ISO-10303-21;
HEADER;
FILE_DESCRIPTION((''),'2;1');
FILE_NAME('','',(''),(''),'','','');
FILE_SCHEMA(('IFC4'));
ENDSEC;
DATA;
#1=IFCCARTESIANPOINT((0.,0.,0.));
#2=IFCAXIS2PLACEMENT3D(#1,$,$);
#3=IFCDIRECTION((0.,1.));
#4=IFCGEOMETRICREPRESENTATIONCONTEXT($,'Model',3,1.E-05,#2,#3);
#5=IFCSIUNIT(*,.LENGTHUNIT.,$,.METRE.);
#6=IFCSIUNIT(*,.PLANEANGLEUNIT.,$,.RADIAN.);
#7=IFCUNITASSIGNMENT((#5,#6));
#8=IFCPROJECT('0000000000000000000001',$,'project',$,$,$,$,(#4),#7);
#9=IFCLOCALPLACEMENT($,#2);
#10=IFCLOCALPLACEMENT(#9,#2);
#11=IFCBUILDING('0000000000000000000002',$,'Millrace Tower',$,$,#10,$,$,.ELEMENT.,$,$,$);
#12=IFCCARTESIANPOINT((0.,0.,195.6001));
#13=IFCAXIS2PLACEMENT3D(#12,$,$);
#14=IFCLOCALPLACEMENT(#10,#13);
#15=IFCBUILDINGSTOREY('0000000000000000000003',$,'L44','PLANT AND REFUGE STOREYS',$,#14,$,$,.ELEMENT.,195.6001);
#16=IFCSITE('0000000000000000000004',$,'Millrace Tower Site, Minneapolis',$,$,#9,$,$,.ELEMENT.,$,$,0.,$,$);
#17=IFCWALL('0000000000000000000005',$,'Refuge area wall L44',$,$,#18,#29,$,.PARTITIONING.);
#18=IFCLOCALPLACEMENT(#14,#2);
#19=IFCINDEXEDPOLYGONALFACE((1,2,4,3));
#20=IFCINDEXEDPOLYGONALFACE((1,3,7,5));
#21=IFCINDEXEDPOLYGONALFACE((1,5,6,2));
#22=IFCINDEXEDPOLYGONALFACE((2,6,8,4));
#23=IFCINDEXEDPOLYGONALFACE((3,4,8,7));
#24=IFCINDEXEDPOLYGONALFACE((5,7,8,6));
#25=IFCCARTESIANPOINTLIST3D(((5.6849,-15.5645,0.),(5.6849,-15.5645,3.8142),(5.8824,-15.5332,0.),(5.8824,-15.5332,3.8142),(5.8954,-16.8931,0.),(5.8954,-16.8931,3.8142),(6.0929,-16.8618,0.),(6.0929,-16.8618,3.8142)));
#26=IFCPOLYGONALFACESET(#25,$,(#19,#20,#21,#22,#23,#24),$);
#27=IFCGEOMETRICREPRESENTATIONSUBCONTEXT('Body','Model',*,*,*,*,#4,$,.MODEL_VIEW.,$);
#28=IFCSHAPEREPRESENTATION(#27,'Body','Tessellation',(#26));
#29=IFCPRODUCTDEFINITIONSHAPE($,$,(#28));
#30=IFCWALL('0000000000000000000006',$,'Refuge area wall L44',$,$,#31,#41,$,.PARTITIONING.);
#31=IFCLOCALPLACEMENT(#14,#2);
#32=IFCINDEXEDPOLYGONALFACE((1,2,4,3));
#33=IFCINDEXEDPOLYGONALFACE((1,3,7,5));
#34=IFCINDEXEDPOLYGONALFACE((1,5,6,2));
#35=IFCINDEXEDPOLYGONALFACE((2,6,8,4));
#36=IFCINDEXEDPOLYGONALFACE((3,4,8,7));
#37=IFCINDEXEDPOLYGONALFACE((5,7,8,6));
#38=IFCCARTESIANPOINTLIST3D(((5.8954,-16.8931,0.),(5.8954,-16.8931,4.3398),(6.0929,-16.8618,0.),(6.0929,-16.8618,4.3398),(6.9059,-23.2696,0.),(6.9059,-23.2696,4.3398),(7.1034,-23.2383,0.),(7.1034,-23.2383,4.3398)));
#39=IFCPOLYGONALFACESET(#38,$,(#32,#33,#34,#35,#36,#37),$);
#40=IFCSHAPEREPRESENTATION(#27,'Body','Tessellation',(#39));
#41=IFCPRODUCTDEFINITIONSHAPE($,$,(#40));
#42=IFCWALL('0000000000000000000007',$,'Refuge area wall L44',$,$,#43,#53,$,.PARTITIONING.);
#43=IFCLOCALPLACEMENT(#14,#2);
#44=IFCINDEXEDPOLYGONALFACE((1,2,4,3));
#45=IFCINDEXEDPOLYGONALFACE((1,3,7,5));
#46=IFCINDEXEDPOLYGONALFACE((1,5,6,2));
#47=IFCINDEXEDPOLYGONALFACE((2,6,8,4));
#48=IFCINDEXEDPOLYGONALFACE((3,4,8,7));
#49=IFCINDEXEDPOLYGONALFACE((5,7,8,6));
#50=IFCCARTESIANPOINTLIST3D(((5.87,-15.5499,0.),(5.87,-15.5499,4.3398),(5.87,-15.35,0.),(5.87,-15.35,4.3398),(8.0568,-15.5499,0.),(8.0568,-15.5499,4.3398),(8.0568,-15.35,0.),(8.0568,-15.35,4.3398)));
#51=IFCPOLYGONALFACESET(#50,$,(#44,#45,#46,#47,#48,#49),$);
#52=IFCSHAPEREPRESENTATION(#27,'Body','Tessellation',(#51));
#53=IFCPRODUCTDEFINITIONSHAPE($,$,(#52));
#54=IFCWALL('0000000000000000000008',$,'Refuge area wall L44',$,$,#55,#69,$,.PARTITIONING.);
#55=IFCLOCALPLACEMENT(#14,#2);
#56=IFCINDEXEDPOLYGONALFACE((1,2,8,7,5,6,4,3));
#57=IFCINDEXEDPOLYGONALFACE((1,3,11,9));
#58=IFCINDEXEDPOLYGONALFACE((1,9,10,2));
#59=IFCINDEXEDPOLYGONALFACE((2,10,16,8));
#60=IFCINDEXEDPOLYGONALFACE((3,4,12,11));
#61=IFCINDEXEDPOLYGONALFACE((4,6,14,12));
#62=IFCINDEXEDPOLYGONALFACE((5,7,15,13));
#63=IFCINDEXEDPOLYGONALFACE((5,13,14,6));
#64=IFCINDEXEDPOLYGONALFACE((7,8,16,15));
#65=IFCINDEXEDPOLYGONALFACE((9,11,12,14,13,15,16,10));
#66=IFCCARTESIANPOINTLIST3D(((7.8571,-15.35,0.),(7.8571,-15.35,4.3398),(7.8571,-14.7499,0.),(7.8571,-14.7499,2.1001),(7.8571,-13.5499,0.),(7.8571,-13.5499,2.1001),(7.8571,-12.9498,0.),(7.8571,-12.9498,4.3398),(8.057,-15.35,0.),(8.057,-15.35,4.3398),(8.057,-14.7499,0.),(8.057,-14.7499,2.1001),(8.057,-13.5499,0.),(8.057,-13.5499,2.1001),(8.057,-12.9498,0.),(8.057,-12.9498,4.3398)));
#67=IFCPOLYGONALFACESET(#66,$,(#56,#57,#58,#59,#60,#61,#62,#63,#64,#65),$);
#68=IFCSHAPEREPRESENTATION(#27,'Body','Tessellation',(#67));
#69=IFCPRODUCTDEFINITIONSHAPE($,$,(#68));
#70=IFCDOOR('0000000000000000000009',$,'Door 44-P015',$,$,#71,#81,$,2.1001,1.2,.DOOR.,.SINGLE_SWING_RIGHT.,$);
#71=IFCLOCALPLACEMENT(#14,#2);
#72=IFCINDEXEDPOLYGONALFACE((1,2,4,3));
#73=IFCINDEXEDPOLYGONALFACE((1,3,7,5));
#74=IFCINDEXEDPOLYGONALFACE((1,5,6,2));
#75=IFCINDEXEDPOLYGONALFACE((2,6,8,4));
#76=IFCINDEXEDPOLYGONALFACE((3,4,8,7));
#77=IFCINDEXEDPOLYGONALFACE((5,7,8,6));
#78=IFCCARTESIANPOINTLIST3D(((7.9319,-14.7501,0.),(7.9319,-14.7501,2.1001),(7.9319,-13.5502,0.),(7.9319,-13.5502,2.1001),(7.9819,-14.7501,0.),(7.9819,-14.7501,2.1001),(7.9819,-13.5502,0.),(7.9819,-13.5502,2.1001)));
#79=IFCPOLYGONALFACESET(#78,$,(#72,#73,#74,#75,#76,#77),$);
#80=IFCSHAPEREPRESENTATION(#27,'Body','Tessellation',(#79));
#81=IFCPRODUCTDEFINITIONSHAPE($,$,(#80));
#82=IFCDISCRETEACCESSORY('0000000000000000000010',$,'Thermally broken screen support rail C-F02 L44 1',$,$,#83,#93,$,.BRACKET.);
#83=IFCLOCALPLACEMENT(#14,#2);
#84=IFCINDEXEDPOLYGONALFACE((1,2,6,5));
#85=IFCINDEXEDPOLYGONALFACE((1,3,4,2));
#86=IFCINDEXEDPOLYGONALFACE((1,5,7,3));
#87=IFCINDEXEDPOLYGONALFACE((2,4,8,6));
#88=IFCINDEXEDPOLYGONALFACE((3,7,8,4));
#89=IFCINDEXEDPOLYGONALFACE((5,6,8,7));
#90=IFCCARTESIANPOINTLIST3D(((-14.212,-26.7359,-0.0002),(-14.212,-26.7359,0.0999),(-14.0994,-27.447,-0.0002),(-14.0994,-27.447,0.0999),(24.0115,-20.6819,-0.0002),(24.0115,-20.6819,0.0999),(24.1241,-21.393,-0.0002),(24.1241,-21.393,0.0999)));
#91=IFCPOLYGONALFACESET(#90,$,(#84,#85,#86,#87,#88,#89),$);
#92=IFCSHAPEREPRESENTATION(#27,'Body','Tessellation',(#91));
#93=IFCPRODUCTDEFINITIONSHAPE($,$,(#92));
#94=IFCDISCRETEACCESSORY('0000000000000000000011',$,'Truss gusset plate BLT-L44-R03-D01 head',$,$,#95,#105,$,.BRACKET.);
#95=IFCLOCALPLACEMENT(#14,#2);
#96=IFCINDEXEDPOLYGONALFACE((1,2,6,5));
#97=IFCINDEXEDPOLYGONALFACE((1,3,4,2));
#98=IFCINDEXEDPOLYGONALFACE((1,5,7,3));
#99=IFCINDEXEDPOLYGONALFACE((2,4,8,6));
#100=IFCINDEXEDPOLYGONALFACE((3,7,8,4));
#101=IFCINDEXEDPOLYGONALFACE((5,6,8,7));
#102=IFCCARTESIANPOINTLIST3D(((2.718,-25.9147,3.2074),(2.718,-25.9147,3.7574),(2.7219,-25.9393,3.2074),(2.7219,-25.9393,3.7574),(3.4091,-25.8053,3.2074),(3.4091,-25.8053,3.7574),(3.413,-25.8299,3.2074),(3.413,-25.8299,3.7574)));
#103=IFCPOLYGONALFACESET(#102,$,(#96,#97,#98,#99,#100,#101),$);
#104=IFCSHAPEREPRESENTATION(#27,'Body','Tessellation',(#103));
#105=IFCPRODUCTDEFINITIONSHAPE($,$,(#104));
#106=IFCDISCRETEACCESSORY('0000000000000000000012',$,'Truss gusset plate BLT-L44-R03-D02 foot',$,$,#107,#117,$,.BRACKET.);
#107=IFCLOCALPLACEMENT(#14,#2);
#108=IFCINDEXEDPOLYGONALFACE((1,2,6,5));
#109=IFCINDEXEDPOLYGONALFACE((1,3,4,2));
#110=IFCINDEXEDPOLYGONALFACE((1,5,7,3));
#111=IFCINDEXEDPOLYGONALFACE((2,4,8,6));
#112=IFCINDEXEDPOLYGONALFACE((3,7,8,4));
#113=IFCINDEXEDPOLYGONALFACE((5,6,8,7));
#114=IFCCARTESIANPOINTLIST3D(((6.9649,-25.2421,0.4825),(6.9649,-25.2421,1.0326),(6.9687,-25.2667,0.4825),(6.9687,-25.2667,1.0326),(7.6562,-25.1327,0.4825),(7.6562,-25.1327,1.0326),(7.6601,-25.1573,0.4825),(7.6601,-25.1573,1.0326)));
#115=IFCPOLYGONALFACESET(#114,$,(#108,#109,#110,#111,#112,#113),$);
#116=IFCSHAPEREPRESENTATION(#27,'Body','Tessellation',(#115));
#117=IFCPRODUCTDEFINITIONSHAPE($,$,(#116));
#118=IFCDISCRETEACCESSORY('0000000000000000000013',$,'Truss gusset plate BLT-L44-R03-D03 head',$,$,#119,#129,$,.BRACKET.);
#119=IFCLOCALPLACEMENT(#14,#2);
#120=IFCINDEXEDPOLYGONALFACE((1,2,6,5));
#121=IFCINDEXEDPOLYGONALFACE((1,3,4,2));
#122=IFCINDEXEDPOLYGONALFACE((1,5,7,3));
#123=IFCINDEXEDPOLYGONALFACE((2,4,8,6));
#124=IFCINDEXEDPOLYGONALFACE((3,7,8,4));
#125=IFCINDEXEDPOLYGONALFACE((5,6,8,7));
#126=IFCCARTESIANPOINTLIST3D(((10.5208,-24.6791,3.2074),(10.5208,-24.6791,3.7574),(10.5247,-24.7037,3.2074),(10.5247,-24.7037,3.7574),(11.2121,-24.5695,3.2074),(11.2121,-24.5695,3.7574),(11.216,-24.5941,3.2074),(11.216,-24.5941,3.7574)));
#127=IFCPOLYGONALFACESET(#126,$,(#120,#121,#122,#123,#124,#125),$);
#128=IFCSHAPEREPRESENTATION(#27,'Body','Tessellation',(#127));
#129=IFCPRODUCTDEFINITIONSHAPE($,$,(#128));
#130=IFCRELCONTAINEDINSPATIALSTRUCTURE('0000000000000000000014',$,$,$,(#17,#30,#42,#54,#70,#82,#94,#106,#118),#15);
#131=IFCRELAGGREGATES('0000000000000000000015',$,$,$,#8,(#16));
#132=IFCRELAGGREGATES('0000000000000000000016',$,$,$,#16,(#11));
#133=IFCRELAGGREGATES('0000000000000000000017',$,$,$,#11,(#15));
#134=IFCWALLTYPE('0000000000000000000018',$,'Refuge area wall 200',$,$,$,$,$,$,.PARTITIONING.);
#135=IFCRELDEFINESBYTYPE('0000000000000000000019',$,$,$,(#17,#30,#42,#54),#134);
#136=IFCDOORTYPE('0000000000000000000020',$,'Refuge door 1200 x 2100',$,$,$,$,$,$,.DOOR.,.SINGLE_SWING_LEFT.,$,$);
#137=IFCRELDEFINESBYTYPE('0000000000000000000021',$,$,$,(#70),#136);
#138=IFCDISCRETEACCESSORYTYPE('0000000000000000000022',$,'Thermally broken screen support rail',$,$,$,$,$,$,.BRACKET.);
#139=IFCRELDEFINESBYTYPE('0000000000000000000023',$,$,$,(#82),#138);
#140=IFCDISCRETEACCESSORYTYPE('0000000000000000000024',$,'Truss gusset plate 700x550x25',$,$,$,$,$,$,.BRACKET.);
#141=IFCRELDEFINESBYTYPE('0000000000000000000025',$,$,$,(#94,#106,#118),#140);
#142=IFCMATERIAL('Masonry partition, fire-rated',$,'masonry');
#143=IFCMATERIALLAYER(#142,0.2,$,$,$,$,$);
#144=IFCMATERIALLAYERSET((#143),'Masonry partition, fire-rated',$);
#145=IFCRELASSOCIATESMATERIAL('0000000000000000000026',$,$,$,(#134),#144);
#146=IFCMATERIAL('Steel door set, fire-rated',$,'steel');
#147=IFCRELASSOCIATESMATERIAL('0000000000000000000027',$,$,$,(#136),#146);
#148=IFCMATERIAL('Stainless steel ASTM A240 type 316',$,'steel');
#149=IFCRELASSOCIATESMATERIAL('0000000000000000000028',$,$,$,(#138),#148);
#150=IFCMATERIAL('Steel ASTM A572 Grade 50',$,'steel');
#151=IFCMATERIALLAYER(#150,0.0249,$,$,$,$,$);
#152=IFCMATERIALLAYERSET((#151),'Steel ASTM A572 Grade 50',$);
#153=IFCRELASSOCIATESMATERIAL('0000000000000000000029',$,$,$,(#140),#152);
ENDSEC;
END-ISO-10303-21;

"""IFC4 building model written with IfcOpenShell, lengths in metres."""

from ifc_helpers import new_model, si_unit, direction, frame, frame_2d, origin, origin_2d, place, context, subcontext, project, spatial, rectangle, extrude, material, layer, layer_set, type_object, element, fill, save


model = new_model("IFC4")

# Units and contexts
model_context = context("Model", 3, precision=1e-05, world=origin(), true_north=direction((0.0, 1.0)))
body_context = subcontext(model_context, "Body", "Model", "MODEL_VIEW")
ifc_project = project(units=[si_unit("LENGTHUNIT", "METRE"), si_unit("PLANEANGLEUNIT", "RADIAN")], contexts=[model_context])

# Site, building, storey
site_placement = place(None, origin())
site = spatial("IfcSite", under=ifc_project, at=site_placement, Name="Millrace Tower Site, Minneapolis", CompositionType="ELEMENT", RefElevation=0.0)
building_placement = place(site_placement, origin())
building = spatial("IfcBuilding", under=site, at=building_placement, Name="Millrace Tower", CompositionType="ELEMENT")
storey_placement = place(building_placement, frame((0.0, 0.0, 195.6001)))
storey = spatial("IfcBuildingStorey", under=building, at=storey_placement, Name="L44", Description="PLANT AND REFUGE STOREYS", CompositionType="ELEMENT", Elevation=195.6001)

# Walls
ifc_material_1 = material(Name="Masonry partition, fire-rated", Category="masonry")
ifc_layer_1 = layer(ifc_material_1, 0.2)
ifc_layer_set_1 = layer_set([ifc_layer_1], Name="Masonry partition, fire-rated")
wall_type = type_object("IfcWallType", Name="Refuge area wall 200", PredefinedType="PARTITIONING", material=ifc_layer_set_1)
wall_1_placement = place(storey_placement, frame((5.7837, -15.5488, 0.0), z_axis=(0.0, 0.0, 1.0), x_axis=(0.156447, -0.987686, 0.0)))
element("IfcWall", 1, at=wall_1_placement, inside=storey, type_object=wall_type, Name="Refuge area wall L44", PredefinedType="PARTITIONING", context=body_context, shape_type="SweptSolid", body=[
    extrude(rectangle(XDim=1.3452, YDim=0.2, at=frame_2d((0.6726, 0.0))), origin(), (0.0, 0.0, 1.0), 3.8142),
])
wall_2_placement = place(storey_placement, frame((5.9941, -16.8774, 0.0), z_axis=(0.0, 0.0, 1.0), x_axis=(0.15652, -0.987675, 0.0)))
element("IfcWall", 2, at=wall_2_placement, inside=storey, type_object=wall_type, Name="Refuge area wall L44", PredefinedType="PARTITIONING", context=body_context, shape_type="SweptSolid", body=[
    extrude(rectangle(XDim=6.4561, YDim=0.2, at=frame_2d((3.228, 0.0))), origin(), (0.0, 0.0, 1.0), 4.3398),
])
wall_3_placement = place(storey_placement, frame((5.8701, -15.45, 0.0), z_axis=(0.0, 0.0, 1.0), x_axis=(1.0, 0.0, 0.0)))
element("IfcWall", 3, at=wall_3_placement, inside=storey, type_object=wall_type, Name="Refuge area wall L44", PredefinedType="PARTITIONING", context=body_context, shape_type="SweptSolid", body=[
    extrude(rectangle(XDim=2.1868, YDim=0.2, at=frame_2d((1.0933, 0.0))), origin(), (0.0, 0.0, 1.0), 4.3398),
])

# Wall, opening, door
wall_4_placement = place(storey_placement, frame((7.957, -15.3501, 0.0), z_axis=(0.0, 0.0, 1.0), x_axis=(0.0, 1.0, 0.0)))
wall_4 = element("IfcWall", 4, at=wall_4_placement, inside=storey, type_object=wall_type, Name="Refuge area wall L44", PredefinedType="PARTITIONING", context=body_context, shape_type="SweptSolid", body=[
    extrude(rectangle(XDim=2.4001, YDim=0.2, at=frame_2d((1.2002, 0.0))), origin(), (0.0, 0.0, 1.0), 4.3398),
])
opening_placement = place(wall_4_placement, frame((0.6001, 0.0, 0.0)))
opening = element("IfcOpeningElement", 5, at=opening_placement, cuts=wall_4, PredefinedType="OPENING", context=body_context, shape_type="SweptSolid", body=[
    extrude(rectangle(XDim=1.2, YDim=2.1001, at=frame_2d((0.6001, 1.05))), frame((0.0, 0.1099, 0.0), z_axis=(0.0, -1.0, 0.0), x_axis=(1.0, 0.0, 0.0)), (0.0, 0.0, 1.0), 0.22),
])
ifc_material_2 = material(Name="Steel door set, fire-rated", Category="steel")
door_type = type_object("IfcDoorType", Name="Refuge door 1200 x 2100", OperationType="SINGLE_SWING_LEFT", PredefinedType="DOOR", material=ifc_material_2)
door_placement = place(opening_placement, frame((1.2, 0.0, 0.0), z_axis=(0.0, 0.0, 1.0), x_axis=(-1.0, 0.0, 0.0)))
door = element("IfcDoor", 6, at=door_placement, inside=storey, type_object=door_type, Name="Door 44-P015", OperationType="SINGLE_SWING_RIGHT", OverallHeight=2.1001, OverallWidth=1.2, PredefinedType="DOOR", context=body_context, shape_type="SweptSolid", body=[
    extrude(rectangle(XDim=1.2, YDim=2.1001, at=frame_2d((0.6001, 1.05))), frame((0.0, 0.0249, 0.0), z_axis=(0.0, -1.0, 0.0), x_axis=(1.0, 0.0, 0.0)), (0.0, 0.0, 1.0), 0.05),
])
fill(opening, door)

# Discrete accessories
ifc_material_3 = material(Name="Stainless steel ASTM A240 type 316", Category="steel")
discrete_accessory_type_1 = type_object("IfcDiscreteAccessoryType", Name="Thermally broken screen support rail", PredefinedType="BRACKET", material=ifc_material_3)
discrete_accessory_1_placement = place(storey_placement, frame((4.9561, -24.0645, -0.0002), z_axis=(0.0, 0.0, 1.0), x_axis=(0.987688, 0.156434, 0.0)))
element("IfcDiscreteAccessory", 7, at=discrete_accessory_1_placement, inside=storey, type_object=discrete_accessory_type_1, Name="Thermally broken screen support rail C-F02 L44 1", PredefinedType="BRACKET", context=body_context, shape_type="SweptSolid", body=[
    extrude(rectangle(XDim=38.7, YDim=0.72, at=origin_2d()), origin(), (0.0, 0.0, 1.0), 0.1001),
])
ifc_material_4 = material(Name="Steel ASTM A572 Grade 50", Category="steel")
ifc_layer_2 = layer(ifc_material_4, 0.0249)
ifc_layer_set_2 = layer_set([ifc_layer_2], Name="Steel ASTM A572 Grade 50")
discrete_accessory_type_2 = type_object("IfcDiscreteAccessoryType", Name="Truss gusset plate 700x550x25", PredefinedType="BRACKET", material=ifc_layer_set_2)
discrete_accessory_2_placement = place(storey_placement, frame((2.72, -25.927, 3.4824), z_axis=(0.987709, 0.156303, 0.0), x_axis=(-0.156303, 0.987709, 0.0)))
element("IfcDiscreteAccessory", 8, at=discrete_accessory_2_placement, inside=storey, type_object=discrete_accessory_type_2, Name="Truss gusset plate BLT-L44-R03-D01 head", PredefinedType="BRACKET", context=body_context, shape_type="SweptSolid", body=[
    extrude(rectangle(XDim=0.0249, YDim=0.55, at=origin_2d()), origin(), (0.0, 0.0, 1.0), 0.6997),
])
for number, where, z_axis, x_axis, name in (
    (9, (6.9668, -25.2544, 0.7576), (0.987718, 0.156249, 0.0), (-0.156249, 0.987718, 0.0), "Truss gusset plate BLT-L44-R03-D02 foot"),
    (10, (10.5227, -24.6914, 3.4824), (0.987664, 0.156589, 0.0), (-0.156589, 0.987664, 0.0), "Truss gusset plate BLT-L44-R03-D03 head"),
):
    element("IfcDiscreteAccessory", number, at=place(storey_placement, frame(where, z_axis=z_axis, x_axis=x_axis)), inside=storey, type_object=discrete_accessory_type_2, Name=name, PredefinedType="BRACKET", context=body_context, shape_type="SweptSolid", body=[
        extrude(rectangle(XDim=0.0249, YDim=0.55, at=origin_2d()), origin(), (0.0, 0.0, 1.0), 0.7),
    ])

save(model, "model.ifc")
